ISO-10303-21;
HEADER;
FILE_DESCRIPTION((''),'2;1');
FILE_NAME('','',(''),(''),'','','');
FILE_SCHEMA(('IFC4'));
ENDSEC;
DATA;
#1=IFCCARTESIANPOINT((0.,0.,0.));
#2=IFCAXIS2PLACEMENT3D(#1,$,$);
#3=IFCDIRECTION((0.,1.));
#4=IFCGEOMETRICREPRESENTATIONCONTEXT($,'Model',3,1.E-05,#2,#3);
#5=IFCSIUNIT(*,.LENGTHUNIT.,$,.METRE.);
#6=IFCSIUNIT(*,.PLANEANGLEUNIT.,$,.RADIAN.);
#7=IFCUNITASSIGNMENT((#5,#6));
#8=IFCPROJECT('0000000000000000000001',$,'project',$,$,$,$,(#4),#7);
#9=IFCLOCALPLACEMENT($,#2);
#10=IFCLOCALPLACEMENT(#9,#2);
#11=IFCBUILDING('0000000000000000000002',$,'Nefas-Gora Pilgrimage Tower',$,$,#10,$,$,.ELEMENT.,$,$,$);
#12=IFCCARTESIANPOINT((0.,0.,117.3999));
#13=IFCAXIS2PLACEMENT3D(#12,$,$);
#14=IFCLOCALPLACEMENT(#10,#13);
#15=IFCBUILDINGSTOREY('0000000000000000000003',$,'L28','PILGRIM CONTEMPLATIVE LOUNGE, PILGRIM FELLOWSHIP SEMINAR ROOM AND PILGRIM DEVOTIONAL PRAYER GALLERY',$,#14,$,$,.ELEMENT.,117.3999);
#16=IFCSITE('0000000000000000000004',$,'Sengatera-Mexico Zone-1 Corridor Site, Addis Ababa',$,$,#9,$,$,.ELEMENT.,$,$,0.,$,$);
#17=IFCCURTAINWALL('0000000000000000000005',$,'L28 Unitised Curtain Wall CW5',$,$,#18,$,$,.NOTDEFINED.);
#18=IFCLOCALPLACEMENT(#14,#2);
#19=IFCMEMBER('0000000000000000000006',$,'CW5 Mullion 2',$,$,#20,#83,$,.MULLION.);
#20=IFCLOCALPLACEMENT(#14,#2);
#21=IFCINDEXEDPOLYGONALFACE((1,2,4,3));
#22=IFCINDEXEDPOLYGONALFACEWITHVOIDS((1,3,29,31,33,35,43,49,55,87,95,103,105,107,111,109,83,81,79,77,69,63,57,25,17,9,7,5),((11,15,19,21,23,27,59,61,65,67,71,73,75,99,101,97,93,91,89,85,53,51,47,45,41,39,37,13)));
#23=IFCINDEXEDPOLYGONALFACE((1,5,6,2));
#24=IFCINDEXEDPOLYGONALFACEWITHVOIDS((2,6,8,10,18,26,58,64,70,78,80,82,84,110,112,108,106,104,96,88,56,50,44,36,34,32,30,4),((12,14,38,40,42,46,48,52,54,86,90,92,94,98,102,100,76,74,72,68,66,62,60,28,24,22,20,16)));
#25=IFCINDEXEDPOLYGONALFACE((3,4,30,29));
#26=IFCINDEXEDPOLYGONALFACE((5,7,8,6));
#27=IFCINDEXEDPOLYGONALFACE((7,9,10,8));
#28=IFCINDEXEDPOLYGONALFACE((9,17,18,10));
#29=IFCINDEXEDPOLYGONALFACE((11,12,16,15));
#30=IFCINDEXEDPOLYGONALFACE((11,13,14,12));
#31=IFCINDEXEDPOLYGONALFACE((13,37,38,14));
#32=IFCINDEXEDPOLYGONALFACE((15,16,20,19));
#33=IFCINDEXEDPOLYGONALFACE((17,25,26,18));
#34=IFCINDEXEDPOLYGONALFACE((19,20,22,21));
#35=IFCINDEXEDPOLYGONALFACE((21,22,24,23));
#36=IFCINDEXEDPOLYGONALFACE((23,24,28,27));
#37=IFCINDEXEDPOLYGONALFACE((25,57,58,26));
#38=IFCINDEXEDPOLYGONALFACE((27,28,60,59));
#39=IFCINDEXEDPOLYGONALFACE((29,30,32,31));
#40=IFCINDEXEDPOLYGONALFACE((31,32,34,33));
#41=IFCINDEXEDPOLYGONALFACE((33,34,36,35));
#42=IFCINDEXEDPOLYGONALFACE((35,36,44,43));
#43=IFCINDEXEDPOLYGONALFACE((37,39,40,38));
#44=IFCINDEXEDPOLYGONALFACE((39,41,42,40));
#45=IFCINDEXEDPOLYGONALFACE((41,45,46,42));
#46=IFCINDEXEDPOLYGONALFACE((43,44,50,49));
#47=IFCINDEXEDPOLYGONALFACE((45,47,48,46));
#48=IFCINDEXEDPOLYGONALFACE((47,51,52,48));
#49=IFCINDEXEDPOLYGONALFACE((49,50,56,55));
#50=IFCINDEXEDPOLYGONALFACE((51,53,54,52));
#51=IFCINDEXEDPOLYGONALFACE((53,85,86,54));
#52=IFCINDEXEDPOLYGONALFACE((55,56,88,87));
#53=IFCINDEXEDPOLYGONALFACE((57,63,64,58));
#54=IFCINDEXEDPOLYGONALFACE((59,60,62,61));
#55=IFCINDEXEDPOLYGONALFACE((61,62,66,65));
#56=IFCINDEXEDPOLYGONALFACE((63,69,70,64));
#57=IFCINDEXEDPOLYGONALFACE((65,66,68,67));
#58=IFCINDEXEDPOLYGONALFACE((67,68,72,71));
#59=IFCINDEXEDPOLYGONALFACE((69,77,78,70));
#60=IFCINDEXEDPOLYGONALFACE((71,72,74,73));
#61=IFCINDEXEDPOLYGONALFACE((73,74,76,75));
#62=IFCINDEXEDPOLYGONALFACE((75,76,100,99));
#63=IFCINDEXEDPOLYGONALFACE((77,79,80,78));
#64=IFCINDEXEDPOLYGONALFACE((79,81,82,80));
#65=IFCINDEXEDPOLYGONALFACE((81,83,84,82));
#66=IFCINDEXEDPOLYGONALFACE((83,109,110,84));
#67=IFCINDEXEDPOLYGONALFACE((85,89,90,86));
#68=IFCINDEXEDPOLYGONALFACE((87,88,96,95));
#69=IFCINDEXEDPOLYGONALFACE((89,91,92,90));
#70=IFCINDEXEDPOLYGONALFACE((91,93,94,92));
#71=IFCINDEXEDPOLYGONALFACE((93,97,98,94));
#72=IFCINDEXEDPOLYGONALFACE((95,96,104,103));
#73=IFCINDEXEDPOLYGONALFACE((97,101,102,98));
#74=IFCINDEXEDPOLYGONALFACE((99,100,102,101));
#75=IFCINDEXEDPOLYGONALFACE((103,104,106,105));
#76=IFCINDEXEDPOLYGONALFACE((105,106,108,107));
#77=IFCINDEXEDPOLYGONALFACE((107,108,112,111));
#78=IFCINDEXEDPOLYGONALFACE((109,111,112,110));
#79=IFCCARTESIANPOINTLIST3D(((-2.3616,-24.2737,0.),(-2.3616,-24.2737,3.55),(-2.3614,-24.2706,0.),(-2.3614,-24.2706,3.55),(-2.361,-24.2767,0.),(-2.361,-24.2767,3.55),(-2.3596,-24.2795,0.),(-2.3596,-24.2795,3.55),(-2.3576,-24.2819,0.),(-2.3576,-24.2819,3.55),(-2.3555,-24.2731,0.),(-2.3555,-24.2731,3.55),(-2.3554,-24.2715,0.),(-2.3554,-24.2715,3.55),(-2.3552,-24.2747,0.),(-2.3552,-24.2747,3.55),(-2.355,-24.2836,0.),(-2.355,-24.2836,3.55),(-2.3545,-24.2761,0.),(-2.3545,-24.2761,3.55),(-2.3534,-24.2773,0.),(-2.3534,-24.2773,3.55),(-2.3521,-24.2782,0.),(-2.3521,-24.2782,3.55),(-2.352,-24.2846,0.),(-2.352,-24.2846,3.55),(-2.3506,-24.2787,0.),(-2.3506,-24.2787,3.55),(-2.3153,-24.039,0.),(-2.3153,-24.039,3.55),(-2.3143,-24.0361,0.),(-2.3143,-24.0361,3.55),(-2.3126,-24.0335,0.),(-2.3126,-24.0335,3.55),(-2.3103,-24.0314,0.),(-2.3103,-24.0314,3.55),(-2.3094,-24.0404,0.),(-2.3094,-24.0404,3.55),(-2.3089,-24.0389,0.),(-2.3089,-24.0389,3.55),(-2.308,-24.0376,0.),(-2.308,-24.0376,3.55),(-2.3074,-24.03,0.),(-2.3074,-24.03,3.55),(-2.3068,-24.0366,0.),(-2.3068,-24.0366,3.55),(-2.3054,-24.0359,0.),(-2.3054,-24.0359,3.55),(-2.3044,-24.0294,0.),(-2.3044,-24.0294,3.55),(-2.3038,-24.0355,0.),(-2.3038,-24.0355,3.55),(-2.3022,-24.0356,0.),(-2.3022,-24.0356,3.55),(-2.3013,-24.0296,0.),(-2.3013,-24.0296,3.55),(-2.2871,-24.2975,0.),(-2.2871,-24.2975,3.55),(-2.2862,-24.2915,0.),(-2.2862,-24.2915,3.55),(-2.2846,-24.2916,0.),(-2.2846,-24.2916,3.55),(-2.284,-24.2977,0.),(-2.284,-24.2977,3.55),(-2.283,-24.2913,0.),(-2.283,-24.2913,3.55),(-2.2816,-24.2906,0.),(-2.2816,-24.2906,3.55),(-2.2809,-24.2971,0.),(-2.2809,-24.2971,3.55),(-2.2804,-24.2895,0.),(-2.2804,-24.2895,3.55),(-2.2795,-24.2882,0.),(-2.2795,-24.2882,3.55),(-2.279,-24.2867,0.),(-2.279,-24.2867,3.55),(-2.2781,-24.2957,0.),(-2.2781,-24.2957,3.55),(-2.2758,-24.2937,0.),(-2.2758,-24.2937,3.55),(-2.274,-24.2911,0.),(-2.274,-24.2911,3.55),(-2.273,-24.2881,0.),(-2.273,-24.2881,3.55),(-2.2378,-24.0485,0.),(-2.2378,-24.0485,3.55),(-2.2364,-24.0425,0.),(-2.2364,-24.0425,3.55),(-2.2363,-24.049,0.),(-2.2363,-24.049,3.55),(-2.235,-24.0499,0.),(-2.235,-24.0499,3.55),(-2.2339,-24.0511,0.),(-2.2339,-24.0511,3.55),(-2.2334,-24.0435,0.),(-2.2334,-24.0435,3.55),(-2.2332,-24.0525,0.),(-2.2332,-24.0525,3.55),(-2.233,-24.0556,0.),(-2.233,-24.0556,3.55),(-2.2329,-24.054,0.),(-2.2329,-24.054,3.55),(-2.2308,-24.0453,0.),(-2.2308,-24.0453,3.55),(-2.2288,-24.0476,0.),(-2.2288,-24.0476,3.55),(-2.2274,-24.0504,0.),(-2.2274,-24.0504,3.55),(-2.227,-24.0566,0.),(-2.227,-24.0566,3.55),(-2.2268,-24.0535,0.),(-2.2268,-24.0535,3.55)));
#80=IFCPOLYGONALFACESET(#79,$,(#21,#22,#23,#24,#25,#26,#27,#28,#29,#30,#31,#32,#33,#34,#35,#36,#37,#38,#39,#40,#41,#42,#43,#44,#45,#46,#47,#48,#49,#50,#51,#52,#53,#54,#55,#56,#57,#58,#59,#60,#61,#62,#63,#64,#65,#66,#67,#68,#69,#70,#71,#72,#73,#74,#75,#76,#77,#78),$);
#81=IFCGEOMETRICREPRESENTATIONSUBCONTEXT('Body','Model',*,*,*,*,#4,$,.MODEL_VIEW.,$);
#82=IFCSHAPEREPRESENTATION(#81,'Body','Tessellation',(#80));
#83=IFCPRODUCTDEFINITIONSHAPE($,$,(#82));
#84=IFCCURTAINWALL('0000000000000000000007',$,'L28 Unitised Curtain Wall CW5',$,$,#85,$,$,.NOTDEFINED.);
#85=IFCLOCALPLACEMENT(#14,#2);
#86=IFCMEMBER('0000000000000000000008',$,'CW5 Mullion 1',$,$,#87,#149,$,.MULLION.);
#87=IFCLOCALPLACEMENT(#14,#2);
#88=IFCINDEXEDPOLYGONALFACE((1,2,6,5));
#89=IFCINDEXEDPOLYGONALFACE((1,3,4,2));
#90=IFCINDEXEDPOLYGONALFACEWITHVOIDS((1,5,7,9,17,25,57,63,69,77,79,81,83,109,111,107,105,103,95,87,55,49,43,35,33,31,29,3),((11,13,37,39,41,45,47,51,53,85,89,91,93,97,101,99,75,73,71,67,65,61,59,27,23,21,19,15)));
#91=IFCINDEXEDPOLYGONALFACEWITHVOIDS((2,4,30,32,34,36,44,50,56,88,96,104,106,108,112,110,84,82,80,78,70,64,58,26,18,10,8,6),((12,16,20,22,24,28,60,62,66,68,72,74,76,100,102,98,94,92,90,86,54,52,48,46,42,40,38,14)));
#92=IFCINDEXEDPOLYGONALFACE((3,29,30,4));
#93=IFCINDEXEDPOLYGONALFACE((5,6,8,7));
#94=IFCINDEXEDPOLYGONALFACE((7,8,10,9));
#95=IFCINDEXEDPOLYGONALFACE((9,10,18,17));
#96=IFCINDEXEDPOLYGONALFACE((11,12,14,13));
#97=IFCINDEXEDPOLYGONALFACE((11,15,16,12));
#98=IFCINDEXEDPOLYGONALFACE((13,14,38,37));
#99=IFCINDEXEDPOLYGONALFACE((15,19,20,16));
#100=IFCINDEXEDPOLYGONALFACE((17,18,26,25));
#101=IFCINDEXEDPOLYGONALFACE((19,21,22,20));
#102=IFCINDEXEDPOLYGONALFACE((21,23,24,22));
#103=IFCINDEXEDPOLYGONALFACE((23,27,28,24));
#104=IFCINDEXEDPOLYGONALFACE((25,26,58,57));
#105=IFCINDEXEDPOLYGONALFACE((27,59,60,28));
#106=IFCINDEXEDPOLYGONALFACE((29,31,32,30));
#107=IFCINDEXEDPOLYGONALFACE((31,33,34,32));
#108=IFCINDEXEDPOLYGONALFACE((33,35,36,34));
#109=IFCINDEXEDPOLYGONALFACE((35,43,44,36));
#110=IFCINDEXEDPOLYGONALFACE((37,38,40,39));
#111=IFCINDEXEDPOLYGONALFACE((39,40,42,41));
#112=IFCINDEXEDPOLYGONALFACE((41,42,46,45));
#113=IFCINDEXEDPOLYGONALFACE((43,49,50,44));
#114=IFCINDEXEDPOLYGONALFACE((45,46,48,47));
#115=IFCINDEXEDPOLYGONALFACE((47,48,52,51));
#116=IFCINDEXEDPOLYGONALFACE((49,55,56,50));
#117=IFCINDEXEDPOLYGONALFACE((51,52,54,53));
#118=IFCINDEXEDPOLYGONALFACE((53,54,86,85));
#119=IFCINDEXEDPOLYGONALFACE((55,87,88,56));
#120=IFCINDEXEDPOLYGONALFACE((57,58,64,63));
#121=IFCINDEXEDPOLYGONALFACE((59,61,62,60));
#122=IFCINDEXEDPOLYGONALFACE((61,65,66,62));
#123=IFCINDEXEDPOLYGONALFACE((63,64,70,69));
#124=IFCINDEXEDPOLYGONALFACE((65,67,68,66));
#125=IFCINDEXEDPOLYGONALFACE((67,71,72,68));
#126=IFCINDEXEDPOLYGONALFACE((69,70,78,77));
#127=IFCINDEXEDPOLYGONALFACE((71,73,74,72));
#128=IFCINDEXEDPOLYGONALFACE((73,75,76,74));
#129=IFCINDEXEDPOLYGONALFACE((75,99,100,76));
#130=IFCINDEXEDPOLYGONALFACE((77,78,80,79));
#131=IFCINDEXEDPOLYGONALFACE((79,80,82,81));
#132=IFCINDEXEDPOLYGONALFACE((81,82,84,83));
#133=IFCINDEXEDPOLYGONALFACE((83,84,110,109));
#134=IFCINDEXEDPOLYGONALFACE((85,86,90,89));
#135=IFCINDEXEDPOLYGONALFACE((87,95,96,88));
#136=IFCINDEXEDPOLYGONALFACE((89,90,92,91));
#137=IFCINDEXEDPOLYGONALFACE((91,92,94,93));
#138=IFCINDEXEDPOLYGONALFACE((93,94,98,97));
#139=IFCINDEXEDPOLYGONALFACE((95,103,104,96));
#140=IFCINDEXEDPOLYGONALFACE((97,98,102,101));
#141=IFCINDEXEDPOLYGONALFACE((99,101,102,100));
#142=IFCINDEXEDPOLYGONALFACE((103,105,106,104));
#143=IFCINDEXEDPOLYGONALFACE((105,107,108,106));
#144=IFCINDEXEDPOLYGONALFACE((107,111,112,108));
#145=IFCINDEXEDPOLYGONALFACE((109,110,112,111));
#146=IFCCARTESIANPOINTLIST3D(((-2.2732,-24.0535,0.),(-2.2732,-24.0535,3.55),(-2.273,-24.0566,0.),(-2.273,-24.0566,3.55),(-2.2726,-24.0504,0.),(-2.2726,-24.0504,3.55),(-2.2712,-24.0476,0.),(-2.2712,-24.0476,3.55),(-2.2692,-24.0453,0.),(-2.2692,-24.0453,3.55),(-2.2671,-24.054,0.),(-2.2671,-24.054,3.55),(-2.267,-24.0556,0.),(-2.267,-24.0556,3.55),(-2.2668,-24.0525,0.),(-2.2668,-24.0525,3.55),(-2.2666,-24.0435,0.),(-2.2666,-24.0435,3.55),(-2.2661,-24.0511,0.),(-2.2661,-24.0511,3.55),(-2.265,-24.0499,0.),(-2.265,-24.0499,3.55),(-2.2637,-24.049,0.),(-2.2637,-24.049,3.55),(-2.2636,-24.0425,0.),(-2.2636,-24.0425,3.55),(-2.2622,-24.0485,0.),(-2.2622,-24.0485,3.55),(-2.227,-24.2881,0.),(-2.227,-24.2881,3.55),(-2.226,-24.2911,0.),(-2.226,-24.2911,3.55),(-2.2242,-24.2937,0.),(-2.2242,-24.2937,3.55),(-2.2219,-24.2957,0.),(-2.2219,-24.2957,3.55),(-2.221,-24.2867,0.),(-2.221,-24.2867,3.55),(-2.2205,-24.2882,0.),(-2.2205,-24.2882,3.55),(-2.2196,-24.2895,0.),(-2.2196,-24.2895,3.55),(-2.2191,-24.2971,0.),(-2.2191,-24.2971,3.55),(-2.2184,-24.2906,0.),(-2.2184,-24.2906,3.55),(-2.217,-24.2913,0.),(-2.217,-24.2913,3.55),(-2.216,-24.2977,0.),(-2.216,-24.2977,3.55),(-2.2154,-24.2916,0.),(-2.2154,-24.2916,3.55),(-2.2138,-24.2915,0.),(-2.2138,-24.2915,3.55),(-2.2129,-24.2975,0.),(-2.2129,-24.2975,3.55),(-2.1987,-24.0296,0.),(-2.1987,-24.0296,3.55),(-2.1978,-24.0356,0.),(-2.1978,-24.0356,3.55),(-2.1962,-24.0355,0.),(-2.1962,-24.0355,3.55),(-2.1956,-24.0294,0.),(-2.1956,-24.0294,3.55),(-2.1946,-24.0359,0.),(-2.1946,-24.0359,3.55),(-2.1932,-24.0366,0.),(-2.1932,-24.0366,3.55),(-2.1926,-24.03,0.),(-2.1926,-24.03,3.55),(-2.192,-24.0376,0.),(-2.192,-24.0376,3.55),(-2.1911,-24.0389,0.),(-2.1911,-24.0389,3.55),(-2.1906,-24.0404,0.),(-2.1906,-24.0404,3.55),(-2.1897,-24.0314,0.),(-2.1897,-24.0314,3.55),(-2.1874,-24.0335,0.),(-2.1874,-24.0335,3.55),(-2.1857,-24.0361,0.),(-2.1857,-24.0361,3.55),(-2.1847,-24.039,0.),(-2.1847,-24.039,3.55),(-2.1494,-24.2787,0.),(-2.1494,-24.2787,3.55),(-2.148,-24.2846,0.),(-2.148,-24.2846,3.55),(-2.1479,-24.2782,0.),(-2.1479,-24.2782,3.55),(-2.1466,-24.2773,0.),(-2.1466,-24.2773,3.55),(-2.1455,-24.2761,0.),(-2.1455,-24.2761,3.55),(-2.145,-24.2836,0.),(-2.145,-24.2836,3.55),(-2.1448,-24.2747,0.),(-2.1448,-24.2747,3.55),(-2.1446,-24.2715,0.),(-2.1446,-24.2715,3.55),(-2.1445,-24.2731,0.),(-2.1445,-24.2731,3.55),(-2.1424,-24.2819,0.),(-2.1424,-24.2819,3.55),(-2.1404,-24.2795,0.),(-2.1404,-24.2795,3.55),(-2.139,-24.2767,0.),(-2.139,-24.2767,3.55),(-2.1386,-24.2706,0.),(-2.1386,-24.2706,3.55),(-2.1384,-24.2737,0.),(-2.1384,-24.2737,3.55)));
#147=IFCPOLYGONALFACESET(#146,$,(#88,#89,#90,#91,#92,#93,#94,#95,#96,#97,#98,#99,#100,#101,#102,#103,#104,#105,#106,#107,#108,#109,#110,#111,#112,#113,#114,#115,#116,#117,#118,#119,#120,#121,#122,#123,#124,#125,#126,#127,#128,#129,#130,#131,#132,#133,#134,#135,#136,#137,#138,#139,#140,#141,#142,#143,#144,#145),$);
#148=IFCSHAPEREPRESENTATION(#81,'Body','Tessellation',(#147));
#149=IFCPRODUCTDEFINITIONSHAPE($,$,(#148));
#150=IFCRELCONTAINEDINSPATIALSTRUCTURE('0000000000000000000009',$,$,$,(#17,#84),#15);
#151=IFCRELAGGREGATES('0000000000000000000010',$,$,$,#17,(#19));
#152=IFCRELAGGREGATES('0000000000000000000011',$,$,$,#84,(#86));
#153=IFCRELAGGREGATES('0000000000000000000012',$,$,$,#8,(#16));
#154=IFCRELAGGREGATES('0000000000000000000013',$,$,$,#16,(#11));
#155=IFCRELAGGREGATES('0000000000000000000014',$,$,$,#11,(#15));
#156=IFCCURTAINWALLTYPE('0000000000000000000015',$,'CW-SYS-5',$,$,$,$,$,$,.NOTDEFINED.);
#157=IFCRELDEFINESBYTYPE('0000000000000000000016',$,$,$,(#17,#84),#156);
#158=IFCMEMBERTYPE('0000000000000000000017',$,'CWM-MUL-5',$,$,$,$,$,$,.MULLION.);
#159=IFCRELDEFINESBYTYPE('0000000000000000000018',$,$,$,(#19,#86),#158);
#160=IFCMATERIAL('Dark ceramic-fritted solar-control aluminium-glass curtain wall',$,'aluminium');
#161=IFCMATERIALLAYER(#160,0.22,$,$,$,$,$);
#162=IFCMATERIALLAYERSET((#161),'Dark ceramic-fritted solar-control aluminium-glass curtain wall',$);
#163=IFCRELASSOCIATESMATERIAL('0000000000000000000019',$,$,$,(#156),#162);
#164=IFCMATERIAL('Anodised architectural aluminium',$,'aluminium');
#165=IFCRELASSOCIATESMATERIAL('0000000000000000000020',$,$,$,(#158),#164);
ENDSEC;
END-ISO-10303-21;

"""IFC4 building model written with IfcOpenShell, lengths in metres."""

from ifc_helpers import new_model, si_unit, direction, frame, origin, origin_2d, place, context, subcontext, project, spatial, hollow_rectangle, extrude, source, transform, mapped, material, layer, layer_set, material_profile, profile_set, type_object, element, aggregate, save


model = new_model("IFC4")

# Units and contexts
model_context = context("Model", 3, precision=1e-05, world=origin(), true_north=direction((0.0, 1.0)))
body_context = subcontext(model_context, "Body", "Model", "MODEL_VIEW")
ifc_project = project(units=[si_unit("LENGTHUNIT", "METRE"), si_unit("PLANEANGLEUNIT", "RADIAN")], contexts=[model_context])

# Site, building, storey
site_placement = place(None, origin())
site = spatial("IfcSite", under=ifc_project, at=site_placement, Name="Sengatera-Mexico Zone-1 Corridor Site, Addis Ababa", CompositionType="ELEMENT", RefElevation=0.0)
building_placement = place(site_placement, origin())
building = spatial("IfcBuilding", under=site, at=building_placement, Name="Nefas-Gora Pilgrimage Tower", CompositionType="ELEMENT")
storey_placement = place(building_placement, frame((0.0, 0.0, 117.3999)))
storey = spatial("IfcBuildingStorey", under=building, at=storey_placement, Name="L28", Description="PILGRIM CONTEMPLATIVE LOUNGE, PILGRIM FELLOWSHIP SEMINAR ROOM AND PILGRIM DEVOTIONAL PRAYER GALLERY", CompositionType="ELEMENT", Elevation=117.3999)

# Shared definitions
ifc_material_1 = material(Name="Dark ceramic-fritted solar-control aluminium-glass curtain wall", Category="aluminium")
ifc_layer_1 = layer(ifc_material_1, 0.22)
ifc_layer_set_1 = layer_set([ifc_layer_1], Name="Dark ceramic-fritted solar-control aluminium-glass curtain wall")
curtain_wall_type = type_object("IfcCurtainWallType", Name="CW-SYS-5", PredefinedType="NOTDEFINED", material=ifc_layer_set_1)
ifc_material_2 = material(Name="Anodised architectural aluminium", Category="aluminium")
ifc_material_profile_1 = material_profile(ifc_material_2, hollow_rectangle(XDim=0.0901, YDim=0.26, WallThickness=0.0061, InnerFilletRadius=0.0061, OuterFilletRadius=0.012, at=origin_2d()), Name="ALU MULLION 90x260")
ifc_profile_set_1 = profile_set([ifc_material_profile_1], Name="Anodised architectural aluminium")
member_type_1 = type_object("IfcMemberType", Name="CWM-MUL-5", PredefinedType="MULLION", material=ifc_profile_set_1)
shared_shape_1 = source(origin(), body_context, "Body", "SweptSolid", [
    extrude(hollow_rectangle(XDim=0.0901, YDim=0.26, WallThickness=0.0061, InnerFilletRadius=0.0061, OuterFilletRadius=0.012, at=origin_2d()), origin(), (0.0, 0.0, 1.0), 3.55),
])

# Curtain wall, member
curtain_wall_1_placement = place(storey_placement, origin())
curtain_wall_1 = element("IfcCurtainWall", 1, at=curtain_wall_1_placement, inside=storey, type_object=curtain_wall_type, Name="L28 Unitised Curtain Wall CW5", PredefinedType="NOTDEFINED")
member_1_placement = place(storey_placement, frame((-2.2942, -24.1636, 0.0), z_axis=(0.0, 0.0, 1.0), x_axis=(0.980783, -0.195102, 0.0)))
member_1 = element("IfcMember", 2, at=member_1_placement, type_object=member_type_1, Name="CW5 Mullion 2", PredefinedType="MULLION", context=body_context, shape_type="MappedRepresentation", body=[
    mapped(shared_shape_1, transform((0.0, 0.0, 0.0), x_axis=(1.0, 0.0, 0.0), y_axis=(0.0, 1.0, 0.0), z_axis=(0.0, 0.0, 1.0), scale=1.0)),
])

# Curtain wall, member
curtain_wall_2_placement = place(storey_placement, origin())
curtain_wall_2 = element("IfcCurtainWall", 3, at=curtain_wall_2_placement, inside=storey, type_object=curtain_wall_type, Name="L28 Unitised Curtain Wall CW5", PredefinedType="NOTDEFINED")
member_2_placement = place(storey_placement, frame((-2.2058, -24.1636, 0.0), z_axis=(0.0, 0.0, 1.0), x_axis=(0.980783, 0.195102, 0.0)))
member_2 = element("IfcMember", 4, at=member_2_placement, type_object=member_type_1, Name="CW5 Mullion 1", PredefinedType="MULLION", context=body_context, shape_type="MappedRepresentation", body=[
    mapped(shared_shape_1, transform((0.0, 0.0, 0.0), x_axis=(1.0, 0.0, 0.0), y_axis=(0.0, 1.0, 0.0), z_axis=(0.0, 0.0, 1.0), scale=1.0)),
])

aggregate(curtain_wall_1, [member_1])
aggregate(curtain_wall_2, [member_2])

save(model, "model.ifc")
